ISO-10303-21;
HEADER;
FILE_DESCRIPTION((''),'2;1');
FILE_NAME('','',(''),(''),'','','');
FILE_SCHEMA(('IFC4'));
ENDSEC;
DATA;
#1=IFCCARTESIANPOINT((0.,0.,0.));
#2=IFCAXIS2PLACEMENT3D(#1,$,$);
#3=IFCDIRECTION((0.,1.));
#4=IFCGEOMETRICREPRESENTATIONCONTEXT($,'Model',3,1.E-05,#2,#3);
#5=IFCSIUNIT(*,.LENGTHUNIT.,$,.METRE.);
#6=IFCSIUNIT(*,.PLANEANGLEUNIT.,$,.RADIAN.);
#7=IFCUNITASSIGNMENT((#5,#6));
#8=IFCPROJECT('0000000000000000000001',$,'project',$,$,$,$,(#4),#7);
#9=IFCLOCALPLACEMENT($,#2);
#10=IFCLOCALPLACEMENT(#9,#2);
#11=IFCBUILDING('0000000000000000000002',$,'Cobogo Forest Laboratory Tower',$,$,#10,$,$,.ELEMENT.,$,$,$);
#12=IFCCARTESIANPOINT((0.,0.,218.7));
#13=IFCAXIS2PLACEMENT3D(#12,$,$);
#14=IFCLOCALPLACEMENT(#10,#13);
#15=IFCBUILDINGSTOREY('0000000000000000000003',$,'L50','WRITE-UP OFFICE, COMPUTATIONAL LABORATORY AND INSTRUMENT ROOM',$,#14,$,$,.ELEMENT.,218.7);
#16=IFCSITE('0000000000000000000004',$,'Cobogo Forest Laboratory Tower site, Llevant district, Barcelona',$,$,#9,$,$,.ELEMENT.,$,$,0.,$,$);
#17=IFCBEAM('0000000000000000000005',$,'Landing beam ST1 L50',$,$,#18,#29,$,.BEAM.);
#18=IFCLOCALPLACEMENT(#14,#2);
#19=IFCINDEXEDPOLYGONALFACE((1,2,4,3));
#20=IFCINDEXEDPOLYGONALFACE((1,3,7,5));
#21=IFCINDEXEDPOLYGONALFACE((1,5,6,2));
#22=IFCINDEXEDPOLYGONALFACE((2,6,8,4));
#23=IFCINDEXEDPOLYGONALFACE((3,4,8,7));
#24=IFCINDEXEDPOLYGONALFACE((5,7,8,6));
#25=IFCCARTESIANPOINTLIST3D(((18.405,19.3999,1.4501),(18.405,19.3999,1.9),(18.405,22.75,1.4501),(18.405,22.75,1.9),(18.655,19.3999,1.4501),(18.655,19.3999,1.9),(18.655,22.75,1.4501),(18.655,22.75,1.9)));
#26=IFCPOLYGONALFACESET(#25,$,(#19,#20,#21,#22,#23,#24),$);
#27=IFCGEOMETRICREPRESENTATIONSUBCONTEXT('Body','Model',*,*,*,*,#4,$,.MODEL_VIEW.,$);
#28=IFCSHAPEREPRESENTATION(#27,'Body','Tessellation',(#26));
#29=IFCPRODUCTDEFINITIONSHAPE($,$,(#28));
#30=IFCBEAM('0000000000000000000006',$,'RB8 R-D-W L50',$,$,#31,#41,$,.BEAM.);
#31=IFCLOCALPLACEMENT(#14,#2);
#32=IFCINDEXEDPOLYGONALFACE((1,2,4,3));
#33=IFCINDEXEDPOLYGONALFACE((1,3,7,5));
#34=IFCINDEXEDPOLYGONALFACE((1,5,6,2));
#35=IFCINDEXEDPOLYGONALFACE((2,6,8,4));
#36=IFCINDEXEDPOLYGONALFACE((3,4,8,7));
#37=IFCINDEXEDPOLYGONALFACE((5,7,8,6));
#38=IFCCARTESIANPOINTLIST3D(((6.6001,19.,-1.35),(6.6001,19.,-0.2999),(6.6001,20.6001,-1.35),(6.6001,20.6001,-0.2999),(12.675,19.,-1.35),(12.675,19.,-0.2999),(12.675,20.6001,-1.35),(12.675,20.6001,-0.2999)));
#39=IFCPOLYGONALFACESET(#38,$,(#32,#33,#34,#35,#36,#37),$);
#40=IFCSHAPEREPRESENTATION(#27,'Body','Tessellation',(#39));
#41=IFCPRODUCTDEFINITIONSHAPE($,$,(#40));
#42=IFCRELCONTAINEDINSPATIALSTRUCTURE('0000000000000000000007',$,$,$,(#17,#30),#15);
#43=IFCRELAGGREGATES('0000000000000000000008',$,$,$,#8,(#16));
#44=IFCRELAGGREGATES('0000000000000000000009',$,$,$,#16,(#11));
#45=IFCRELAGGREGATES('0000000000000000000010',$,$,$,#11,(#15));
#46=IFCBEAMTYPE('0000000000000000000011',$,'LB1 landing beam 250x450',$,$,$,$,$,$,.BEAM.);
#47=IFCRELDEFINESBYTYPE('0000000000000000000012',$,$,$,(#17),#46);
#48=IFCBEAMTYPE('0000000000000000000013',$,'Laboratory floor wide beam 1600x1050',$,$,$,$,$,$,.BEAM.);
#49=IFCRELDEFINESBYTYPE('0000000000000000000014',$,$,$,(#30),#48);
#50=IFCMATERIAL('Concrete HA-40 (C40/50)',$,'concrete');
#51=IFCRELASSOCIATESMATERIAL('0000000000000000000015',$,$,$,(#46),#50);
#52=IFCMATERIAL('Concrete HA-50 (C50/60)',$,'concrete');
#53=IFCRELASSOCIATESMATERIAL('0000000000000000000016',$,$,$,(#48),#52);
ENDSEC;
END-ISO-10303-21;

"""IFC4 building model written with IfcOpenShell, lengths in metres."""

from ifc_helpers import new_model, si_unit, direction, frame, origin, origin_2d, place, context, subcontext, project, spatial, rectangle, extrude, material, material_profile, profile_set, type_object, element, save


model = new_model("IFC4")

# Units and contexts
model_context = context("Model", 3, precision=1e-05, world=origin(), true_north=direction((0.0, 1.0)))
body_context = subcontext(model_context, "Body", "Model", "MODEL_VIEW")
ifc_project = project(units=[si_unit("LENGTHUNIT", "METRE"), si_unit("PLANEANGLEUNIT", "RADIAN")], contexts=[model_context])

# Site, building, storey
site_placement = place(None, origin())
site = spatial("IfcSite", under=ifc_project, at=site_placement, Name="Cobogo Forest Laboratory Tower site, Llevant district, Barcelona", CompositionType="ELEMENT", RefElevation=0.0)
building_placement = place(site_placement, origin())
building = spatial("IfcBuilding", under=site, at=building_placement, Name="Cobogo Forest Laboratory Tower", CompositionType="ELEMENT")
storey_placement = place(building_placement, frame((0.0, 0.0, 218.7)))
storey = spatial("IfcBuildingStorey", under=building, at=storey_placement, Name="L50", Description="WRITE-UP OFFICE, COMPUTATIONAL LABORATORY AND INSTRUMENT ROOM", CompositionType="ELEMENT", Elevation=218.7)

# Beams
ifc_material_1 = material(Name="Concrete HA-40 (C40/50)", Category="concrete")
ifc_material_profile_1 = material_profile(ifc_material_1, rectangle(XDim=0.25, YDim=0.45, at=origin_2d()), Name="RC 250x450")
ifc_profile_set_1 = profile_set([ifc_material_profile_1], Name="Concrete HA-40 (C40/50)")
beam_type_1 = type_object("IfcBeamType", Name="LB1 landing beam 250x450", PredefinedType="BEAM", material=ifc_profile_set_1)
beam_1_placement = place(storey_placement, frame((18.53, 19.3999, 1.675), z_axis=(0.0, 1.0, 0.0), x_axis=(-1.0, 0.0, 0.0)))
element("IfcBeam", 1, at=beam_1_placement, inside=storey, type_object=beam_type_1, Name="Landing beam ST1 L50", PredefinedType="BEAM", context=body_context, shape_type="SweptSolid", body=[
    extrude(rectangle(XDim=0.25, YDim=0.45, at=origin_2d()), origin(), (0.0, 0.0, 1.0), 3.3501),
])
ifc_material_2 = material(Name="Concrete HA-50 (C50/60)", Category="concrete")
ifc_material_profile_2 = material_profile(ifc_material_2, rectangle(XDim=1.6001, YDim=1.05, at=origin_2d()), Name="RC 1600x1050")
ifc_profile_set_2 = profile_set([ifc_material_profile_2], Name="Concrete HA-50 (C50/60)")
beam_type_2 = type_object("IfcBeamType", Name="Laboratory floor wide beam 1600x1050", PredefinedType="BEAM", material=ifc_profile_set_2)
beam_2_placement = place(storey_placement, frame((12.675, 19.8, -0.825), z_axis=(-1.0, 0.0, 0.0), x_axis=(0.0, -1.0, 0.0)))
element("IfcBeam", 2, at=beam_2_placement, inside=storey, type_object=beam_type_2, Name="RB8 R-D-W L50", PredefinedType="BEAM", context=body_context, shape_type="SweptSolid", body=[
    extrude(rectangle(XDim=1.6001, YDim=1.05, at=origin_2d()), origin(), (0.0, 0.0, 1.0), 6.075),
])

save(model, "model.ifc")
